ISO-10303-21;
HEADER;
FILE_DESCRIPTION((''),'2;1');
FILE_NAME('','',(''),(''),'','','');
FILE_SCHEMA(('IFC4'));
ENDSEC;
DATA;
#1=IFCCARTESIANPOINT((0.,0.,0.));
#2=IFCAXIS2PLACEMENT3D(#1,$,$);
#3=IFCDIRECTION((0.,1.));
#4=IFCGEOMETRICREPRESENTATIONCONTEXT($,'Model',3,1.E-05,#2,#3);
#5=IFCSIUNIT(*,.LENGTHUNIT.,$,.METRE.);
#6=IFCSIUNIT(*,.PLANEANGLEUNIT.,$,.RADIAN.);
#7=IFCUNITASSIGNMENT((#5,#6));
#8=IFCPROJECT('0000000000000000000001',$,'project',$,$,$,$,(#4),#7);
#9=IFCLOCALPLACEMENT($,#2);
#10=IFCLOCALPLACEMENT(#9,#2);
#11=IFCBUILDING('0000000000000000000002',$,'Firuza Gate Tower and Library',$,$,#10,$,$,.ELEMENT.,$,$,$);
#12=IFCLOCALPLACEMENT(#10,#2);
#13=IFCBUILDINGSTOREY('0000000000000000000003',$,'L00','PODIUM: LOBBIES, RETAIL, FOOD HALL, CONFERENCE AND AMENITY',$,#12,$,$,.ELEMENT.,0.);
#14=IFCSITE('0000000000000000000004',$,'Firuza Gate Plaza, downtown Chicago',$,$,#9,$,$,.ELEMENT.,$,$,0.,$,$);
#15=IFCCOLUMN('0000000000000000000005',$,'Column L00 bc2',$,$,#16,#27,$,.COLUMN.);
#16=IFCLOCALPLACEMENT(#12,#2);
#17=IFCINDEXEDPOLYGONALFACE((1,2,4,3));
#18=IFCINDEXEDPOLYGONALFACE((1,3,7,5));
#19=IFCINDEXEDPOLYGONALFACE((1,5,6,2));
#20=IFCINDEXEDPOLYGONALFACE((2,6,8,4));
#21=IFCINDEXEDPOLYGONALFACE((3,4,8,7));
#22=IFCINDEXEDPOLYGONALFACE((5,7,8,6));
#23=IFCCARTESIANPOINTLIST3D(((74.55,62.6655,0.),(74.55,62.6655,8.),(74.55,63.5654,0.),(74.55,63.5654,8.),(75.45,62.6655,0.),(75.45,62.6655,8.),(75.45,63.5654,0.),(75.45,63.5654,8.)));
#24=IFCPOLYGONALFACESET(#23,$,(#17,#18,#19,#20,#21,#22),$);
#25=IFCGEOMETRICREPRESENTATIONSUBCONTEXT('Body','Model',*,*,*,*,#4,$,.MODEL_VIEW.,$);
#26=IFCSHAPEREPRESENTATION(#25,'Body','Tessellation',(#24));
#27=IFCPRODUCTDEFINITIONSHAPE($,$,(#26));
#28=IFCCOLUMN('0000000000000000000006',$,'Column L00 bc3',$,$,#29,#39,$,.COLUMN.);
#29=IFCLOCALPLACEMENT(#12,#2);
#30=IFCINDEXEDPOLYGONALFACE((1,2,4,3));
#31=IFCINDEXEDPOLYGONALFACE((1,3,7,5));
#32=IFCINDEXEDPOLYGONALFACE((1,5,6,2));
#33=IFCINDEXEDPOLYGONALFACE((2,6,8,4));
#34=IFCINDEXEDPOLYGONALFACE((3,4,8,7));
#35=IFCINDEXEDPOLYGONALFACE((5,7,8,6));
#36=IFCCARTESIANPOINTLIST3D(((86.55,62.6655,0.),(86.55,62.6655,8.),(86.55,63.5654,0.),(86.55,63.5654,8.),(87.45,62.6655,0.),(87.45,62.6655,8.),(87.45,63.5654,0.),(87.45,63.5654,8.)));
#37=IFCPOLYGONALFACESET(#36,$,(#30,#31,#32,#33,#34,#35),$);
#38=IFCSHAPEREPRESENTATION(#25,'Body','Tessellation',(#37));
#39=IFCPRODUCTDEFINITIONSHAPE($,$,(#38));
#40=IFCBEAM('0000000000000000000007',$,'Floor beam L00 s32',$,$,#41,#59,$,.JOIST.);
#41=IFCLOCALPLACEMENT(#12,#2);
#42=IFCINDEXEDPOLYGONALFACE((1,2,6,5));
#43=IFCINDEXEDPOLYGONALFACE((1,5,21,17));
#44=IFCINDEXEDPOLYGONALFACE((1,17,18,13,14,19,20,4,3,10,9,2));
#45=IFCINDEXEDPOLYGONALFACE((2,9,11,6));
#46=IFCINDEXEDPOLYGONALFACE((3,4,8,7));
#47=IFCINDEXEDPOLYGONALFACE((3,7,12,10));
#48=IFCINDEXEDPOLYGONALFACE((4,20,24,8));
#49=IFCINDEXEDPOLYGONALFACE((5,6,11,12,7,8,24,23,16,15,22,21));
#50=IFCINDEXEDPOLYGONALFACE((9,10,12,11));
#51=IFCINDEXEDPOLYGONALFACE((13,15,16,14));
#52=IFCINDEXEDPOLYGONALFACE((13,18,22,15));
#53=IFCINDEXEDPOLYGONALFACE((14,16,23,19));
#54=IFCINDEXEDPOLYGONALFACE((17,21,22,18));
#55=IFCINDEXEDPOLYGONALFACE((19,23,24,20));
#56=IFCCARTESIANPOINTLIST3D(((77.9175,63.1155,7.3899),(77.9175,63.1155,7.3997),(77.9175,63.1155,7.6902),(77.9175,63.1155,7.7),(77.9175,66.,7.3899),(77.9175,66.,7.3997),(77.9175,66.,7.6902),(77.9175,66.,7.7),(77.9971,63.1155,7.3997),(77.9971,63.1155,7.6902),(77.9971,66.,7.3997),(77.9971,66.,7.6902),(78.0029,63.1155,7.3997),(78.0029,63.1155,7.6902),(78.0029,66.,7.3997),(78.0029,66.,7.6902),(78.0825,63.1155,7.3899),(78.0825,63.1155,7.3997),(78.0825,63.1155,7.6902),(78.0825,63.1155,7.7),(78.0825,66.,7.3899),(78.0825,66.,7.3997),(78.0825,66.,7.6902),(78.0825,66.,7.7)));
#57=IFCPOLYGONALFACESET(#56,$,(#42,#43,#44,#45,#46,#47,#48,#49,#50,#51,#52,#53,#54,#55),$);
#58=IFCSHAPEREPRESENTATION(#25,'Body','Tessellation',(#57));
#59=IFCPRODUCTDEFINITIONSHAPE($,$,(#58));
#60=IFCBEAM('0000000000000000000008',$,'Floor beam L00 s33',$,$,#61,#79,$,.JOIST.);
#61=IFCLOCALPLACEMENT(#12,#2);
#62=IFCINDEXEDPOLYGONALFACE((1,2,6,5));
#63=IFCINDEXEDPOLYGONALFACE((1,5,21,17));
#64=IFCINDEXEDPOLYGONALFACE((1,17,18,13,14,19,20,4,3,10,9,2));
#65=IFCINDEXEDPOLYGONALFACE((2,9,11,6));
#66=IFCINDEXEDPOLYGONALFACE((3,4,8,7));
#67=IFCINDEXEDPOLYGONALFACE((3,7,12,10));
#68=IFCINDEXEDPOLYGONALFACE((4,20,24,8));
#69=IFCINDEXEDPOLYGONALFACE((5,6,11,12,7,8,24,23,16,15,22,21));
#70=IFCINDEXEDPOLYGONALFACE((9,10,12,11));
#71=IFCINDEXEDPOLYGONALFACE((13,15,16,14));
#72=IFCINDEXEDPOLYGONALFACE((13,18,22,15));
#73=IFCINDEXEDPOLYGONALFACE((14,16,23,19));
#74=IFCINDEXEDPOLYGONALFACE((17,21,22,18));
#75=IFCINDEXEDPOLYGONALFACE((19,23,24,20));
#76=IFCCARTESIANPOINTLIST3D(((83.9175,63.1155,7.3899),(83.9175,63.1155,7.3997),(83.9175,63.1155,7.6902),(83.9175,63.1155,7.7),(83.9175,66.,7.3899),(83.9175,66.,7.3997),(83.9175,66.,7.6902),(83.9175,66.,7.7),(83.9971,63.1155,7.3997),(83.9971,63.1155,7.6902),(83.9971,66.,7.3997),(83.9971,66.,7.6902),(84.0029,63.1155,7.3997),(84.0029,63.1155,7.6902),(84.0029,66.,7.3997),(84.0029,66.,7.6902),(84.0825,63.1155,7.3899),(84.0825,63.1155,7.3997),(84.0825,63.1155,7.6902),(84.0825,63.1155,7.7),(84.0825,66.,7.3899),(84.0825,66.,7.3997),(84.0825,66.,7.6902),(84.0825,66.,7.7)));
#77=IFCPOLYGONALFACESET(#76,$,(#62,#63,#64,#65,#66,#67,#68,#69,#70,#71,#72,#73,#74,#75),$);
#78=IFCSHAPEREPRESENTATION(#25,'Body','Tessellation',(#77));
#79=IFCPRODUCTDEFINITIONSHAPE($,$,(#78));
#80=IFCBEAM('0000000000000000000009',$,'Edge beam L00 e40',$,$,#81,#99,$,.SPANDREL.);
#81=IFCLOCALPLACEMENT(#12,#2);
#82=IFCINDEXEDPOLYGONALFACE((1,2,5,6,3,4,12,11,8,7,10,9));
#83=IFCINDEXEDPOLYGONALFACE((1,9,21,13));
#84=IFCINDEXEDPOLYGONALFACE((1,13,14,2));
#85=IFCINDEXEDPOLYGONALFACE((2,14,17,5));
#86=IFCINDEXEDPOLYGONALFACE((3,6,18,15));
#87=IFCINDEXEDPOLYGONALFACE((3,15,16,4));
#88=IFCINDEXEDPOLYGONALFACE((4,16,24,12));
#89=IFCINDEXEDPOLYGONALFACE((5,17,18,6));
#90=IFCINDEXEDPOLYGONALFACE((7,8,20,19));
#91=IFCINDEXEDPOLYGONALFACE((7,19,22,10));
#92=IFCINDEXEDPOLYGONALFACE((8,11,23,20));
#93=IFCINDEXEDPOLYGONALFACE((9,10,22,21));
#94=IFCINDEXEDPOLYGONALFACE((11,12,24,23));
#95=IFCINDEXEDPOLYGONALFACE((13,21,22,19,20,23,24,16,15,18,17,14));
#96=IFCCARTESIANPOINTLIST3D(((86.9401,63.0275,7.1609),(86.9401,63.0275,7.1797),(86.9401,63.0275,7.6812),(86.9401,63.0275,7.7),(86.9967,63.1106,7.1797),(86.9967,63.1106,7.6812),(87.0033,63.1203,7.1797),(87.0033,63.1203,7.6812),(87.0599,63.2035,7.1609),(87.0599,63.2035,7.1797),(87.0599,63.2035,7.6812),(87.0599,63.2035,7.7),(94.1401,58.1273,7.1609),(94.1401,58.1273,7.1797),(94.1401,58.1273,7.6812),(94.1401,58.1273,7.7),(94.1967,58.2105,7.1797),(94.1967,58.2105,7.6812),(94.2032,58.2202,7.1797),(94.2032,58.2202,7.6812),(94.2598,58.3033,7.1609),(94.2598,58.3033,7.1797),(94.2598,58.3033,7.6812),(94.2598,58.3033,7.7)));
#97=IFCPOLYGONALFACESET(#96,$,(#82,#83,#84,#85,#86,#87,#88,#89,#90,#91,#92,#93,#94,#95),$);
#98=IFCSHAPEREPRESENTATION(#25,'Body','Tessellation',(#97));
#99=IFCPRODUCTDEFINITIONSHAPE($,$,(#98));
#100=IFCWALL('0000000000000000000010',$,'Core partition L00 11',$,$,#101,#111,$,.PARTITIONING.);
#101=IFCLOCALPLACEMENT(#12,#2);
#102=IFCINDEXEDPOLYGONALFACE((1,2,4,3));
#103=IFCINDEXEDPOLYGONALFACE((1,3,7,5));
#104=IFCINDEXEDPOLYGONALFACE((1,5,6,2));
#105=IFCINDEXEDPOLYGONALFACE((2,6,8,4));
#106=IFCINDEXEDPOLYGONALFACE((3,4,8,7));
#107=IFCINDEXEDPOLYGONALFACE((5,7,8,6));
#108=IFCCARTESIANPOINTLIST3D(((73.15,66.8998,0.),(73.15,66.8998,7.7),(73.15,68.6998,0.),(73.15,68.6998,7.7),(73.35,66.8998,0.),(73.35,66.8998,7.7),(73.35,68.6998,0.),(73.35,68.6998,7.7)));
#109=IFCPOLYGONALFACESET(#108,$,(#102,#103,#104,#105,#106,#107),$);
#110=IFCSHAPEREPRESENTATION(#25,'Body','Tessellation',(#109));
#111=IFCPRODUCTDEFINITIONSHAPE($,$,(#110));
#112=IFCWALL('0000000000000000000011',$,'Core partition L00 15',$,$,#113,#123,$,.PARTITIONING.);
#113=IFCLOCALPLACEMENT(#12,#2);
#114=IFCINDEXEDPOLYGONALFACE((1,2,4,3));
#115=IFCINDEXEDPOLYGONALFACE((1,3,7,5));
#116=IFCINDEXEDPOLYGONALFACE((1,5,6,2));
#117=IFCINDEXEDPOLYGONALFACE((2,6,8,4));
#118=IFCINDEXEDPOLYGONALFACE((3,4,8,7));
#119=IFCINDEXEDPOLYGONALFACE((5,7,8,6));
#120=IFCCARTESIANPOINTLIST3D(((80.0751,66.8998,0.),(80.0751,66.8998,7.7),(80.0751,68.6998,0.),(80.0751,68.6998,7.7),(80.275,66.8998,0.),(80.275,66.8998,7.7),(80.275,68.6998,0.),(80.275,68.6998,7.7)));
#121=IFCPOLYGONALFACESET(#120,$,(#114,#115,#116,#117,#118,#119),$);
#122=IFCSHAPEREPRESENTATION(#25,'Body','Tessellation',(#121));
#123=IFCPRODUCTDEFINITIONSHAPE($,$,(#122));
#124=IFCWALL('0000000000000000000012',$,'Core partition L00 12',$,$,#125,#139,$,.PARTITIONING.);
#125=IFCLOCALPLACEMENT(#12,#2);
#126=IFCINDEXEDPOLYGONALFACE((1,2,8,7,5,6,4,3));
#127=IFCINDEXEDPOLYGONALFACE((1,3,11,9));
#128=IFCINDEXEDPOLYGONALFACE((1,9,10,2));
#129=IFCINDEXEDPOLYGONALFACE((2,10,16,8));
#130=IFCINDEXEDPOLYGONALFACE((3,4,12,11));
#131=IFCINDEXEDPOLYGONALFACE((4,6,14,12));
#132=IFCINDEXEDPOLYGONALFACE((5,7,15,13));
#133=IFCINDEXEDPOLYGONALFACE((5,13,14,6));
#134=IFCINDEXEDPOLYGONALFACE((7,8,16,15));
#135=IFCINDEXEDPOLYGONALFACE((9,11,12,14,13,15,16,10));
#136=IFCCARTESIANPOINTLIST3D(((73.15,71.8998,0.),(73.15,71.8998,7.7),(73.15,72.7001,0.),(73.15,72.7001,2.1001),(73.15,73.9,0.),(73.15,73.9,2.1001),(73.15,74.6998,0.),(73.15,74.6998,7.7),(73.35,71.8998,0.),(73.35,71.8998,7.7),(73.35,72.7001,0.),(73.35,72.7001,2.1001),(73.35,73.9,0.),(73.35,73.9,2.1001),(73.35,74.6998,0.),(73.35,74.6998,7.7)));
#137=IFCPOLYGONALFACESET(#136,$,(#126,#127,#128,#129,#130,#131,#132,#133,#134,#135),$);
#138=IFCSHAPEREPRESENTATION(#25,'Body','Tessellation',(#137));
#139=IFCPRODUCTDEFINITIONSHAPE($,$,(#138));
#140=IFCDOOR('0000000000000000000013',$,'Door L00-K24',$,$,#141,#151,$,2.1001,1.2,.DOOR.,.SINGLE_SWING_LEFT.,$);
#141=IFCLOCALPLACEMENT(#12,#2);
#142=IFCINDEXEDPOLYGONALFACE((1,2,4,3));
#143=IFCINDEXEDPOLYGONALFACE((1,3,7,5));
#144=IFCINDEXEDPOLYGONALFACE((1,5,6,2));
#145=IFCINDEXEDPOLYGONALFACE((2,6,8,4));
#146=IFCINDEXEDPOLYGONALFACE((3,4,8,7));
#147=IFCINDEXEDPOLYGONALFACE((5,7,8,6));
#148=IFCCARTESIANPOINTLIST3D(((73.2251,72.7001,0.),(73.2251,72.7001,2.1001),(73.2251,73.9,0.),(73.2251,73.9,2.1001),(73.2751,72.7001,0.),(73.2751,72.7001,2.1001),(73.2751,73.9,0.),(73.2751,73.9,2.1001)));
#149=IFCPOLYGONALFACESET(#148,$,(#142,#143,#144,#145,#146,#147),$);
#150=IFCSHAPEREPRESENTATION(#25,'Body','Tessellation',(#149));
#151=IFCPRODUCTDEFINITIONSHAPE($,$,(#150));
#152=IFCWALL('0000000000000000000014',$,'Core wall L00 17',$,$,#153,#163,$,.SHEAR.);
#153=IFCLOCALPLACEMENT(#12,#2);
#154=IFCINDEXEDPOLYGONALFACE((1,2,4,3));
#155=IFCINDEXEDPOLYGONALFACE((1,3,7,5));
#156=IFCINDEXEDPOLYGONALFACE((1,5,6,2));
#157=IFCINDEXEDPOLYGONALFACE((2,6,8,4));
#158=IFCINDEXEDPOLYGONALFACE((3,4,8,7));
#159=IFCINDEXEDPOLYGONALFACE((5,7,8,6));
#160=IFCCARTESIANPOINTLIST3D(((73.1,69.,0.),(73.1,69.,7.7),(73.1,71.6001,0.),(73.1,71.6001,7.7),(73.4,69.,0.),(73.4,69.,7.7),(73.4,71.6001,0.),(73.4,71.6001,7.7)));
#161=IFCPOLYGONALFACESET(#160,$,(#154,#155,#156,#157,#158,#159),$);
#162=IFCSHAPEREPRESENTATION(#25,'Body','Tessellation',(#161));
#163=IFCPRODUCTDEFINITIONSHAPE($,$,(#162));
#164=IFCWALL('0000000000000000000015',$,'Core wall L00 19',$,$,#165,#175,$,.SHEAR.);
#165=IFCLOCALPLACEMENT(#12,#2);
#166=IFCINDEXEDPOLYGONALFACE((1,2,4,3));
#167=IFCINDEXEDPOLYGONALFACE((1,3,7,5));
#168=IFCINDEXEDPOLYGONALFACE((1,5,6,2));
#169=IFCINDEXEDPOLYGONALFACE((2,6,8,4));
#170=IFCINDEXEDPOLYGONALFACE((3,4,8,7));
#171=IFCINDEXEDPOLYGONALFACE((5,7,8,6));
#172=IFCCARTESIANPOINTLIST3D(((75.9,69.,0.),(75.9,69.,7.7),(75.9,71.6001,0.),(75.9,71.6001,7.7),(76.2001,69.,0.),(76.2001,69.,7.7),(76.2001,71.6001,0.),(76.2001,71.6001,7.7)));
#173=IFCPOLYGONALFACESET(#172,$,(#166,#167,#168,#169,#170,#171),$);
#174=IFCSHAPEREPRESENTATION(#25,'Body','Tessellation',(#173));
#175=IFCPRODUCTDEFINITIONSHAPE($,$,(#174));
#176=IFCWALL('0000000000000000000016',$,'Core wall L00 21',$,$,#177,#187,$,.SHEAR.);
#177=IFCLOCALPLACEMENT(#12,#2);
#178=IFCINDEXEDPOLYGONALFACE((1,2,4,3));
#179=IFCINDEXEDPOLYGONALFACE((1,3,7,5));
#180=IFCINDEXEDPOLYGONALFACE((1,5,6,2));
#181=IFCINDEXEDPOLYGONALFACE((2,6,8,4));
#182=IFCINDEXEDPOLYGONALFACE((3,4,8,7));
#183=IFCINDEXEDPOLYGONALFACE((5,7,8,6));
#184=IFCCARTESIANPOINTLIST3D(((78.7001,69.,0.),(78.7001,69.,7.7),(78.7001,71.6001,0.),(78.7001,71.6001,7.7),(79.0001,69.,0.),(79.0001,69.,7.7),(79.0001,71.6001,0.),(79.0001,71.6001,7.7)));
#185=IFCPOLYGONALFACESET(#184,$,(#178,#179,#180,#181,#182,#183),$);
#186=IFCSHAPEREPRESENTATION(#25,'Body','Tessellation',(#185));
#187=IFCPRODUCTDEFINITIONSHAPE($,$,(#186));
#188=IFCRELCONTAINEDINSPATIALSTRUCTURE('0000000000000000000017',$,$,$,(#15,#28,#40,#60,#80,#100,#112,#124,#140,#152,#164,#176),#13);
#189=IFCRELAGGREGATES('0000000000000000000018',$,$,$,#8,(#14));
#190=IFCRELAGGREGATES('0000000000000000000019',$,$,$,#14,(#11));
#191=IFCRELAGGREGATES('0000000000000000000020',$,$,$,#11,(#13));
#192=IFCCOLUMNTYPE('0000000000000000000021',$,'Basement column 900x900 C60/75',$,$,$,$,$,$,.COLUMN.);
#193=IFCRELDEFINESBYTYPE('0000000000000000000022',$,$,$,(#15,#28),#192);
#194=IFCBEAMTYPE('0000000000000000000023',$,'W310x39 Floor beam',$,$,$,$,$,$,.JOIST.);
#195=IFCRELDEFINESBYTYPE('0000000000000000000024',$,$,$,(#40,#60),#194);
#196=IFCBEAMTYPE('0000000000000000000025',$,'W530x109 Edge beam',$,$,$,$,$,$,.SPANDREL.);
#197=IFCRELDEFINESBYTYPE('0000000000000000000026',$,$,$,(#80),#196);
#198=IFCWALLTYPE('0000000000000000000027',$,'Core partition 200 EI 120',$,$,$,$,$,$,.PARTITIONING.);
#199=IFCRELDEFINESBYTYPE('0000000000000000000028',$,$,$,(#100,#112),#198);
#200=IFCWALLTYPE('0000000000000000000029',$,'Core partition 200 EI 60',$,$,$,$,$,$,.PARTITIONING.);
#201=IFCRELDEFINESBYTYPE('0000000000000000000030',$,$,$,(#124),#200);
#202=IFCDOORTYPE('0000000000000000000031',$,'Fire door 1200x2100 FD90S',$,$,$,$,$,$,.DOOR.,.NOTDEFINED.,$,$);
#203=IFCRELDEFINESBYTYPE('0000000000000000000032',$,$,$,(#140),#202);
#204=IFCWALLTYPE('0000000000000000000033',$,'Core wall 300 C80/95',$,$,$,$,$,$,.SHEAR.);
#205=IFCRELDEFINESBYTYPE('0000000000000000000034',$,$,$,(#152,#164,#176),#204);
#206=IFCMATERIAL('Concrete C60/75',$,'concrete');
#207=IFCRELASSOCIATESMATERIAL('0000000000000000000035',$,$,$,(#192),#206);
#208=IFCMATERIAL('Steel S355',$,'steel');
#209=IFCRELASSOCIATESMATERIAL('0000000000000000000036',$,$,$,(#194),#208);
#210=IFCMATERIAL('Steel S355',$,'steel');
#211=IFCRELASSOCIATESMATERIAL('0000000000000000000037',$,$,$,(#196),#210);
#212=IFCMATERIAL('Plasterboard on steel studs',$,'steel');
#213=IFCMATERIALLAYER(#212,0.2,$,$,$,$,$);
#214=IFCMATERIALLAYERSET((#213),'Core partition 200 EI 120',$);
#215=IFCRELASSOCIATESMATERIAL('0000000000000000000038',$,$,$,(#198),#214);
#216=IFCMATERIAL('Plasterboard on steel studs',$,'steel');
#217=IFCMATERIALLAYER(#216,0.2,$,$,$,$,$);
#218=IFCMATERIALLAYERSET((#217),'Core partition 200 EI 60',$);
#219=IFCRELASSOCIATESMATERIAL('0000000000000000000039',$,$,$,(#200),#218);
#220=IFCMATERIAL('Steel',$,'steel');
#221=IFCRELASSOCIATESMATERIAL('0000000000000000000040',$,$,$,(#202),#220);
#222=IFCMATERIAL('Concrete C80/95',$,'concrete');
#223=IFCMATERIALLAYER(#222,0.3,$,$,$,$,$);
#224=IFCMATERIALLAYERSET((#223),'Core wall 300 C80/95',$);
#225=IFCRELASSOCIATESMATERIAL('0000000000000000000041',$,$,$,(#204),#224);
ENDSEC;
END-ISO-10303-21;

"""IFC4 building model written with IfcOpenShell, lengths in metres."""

from ifc_helpers import new_model, si_unit, direction, frame, frame_2d, origin, origin_2d, place, context, subcontext, project, spatial, rectangle, i_section, extrude, material, layer, layer_set, material_profile, profile_set, type_object, element, fill, save


model = new_model("IFC4")

# Units and contexts
model_context = context("Model", 3, precision=1e-05, world=origin(), true_north=direction((0.0, 1.0)))
body_context = subcontext(model_context, "Body", "Model", "MODEL_VIEW")
ifc_project = project(units=[si_unit("LENGTHUNIT", "METRE"), si_unit("PLANEANGLEUNIT", "RADIAN")], contexts=[model_context])

# Site, building, storey
site_placement = place(None, origin())
site = spatial("IfcSite", under=ifc_project, at=site_placement, Name="Firuza Gate Plaza, downtown Chicago", CompositionType="ELEMENT", RefElevation=0.0)
building_placement = place(site_placement, origin())
building = spatial("IfcBuilding", under=site, at=building_placement, Name="Firuza Gate Tower and Library", CompositionType="ELEMENT")
storey_placement = place(building_placement, origin())
storey = spatial("IfcBuildingStorey", under=building, at=storey_placement, Name="L00", Description="PODIUM: LOBBIES, RETAIL, FOOD HALL, CONFERENCE AND AMENITY", CompositionType="ELEMENT", Elevation=0.0)

# Columns
ifc_material_1 = material(Name="Concrete C60/75", Category="concrete")
ifc_material_profile_1 = material_profile(ifc_material_1, rectangle(XDim=0.8999, YDim=0.8999, at=origin_2d()))
ifc_profile_set_1 = profile_set([ifc_material_profile_1], Name="Concrete C60/75")
column_type = type_object("IfcColumnType", Name="Basement column 900x900 C60/75", PredefinedType="COLUMN", material=ifc_profile_set_1)
for number, where, z_axis, x_axis, name in (
    (1, (75.0, 63.1155, 0.0), (0.0, 0.0, 1.0), (1.0, 0.0, 0.0), "Column L00 bc2"),
    (2, (87.0, 63.1155, 0.0), (0.0, 0.0, 1.0), (1.0, 0.0, 0.0), "Column L00 bc3"),
):
    element("IfcColumn", number, at=place(storey_placement, frame(where, z_axis=z_axis, x_axis=x_axis)), inside=storey, type_object=column_type, Name=name, PredefinedType="COLUMN", context=body_context, shape_type="SweptSolid", body=[
        extrude(rectangle(XDim=0.8999, YDim=0.8999, at=origin_2d()), origin(), (0.0, 0.0, 1.0), 8.0),
    ])

# Beams
ifc_material_2 = material(Name="Steel S355", Category="steel")
ifc_material_profile_2 = material_profile(ifc_material_2, i_section(OverallWidth=0.165, OverallDepth=0.3101, WebThickness=0.0059, FlangeThickness=0.0098, at=origin_2d()))
ifc_profile_set_2 = profile_set([ifc_material_profile_2], Name="Steel S355")
beam_type_1 = type_object("IfcBeamType", Name="W310x39 Floor beam", PredefinedType="JOIST", material=ifc_profile_set_2)
for number, where, z_axis, x_axis, name in (
    (3, (78.0, 63.1155, 7.5449), (0.0, 1.0, 0.0), (-1.0, 0.0, 0.0), "Floor beam L00 s32"),
    (4, (84.0, 63.1155, 7.5449), (0.0, 1.0, 0.0), (-1.0, 0.0, 0.0), "Floor beam L00 s33"),
):
    element("IfcBeam", number, at=place(storey_placement, frame(where, z_axis=z_axis, x_axis=x_axis)), inside=storey, type_object=beam_type_1, Name=name, PredefinedType="JOIST", context=body_context, shape_type="SweptSolid", body=[
        extrude(i_section(OverallWidth=0.165, OverallDepth=0.3101, WebThickness=0.0059, FlangeThickness=0.0098, at=origin_2d()), origin(), (0.0, 0.0, 1.0), 2.8845),
    ])
ifc_material_3 = material(Name="Steel S355", Category="steel")
ifc_material_profile_3 = material_profile(ifc_material_3, i_section(OverallWidth=0.2129, OverallDepth=0.5391, WebThickness=0.0117, FlangeThickness=0.0188, at=origin_2d()))
ifc_profile_set_3 = profile_set([ifc_material_profile_3], Name="Steel S355")
beam_type_2 = type_object("IfcBeamType", Name="W530x109 Edge beam", PredefinedType="SPANDREL", material=ifc_profile_set_3)
beam_placement = place(storey_placement, frame((87.0, 63.1155, 7.4304), z_axis=(0.826703, -0.562638, 0.0), x_axis=(0.562638, 0.826703, 0.0)))
element("IfcBeam", 5, at=beam_placement, inside=storey, type_object=beam_type_2, Name="Edge beam L00 e40", PredefinedType="SPANDREL", context=body_context, shape_type="SweptSolid", body=[
    extrude(i_section(OverallWidth=0.2129, OverallDepth=0.5391, WebThickness=0.0117, FlangeThickness=0.0188, at=origin_2d()), origin(), (0.0, 0.0, 1.0), 8.7092),
])

# Walls
ifc_material_4 = material(Name="Plasterboard on steel studs", Category="steel")
ifc_layer_1 = layer(ifc_material_4, 0.2)
ifc_layer_set_1 = layer_set([ifc_layer_1], Name="Core partition 200 EI 120")
wall_type_1 = type_object("IfcWallType", Name="Core partition 200 EI 120", PredefinedType="PARTITIONING", material=ifc_layer_set_1)
for number, where, z_axis, x_axis, name in (
    (6, (73.25, 66.8999, 0.0), (0.0, 0.0, 1.0), (0.0, 1.0, 0.0), "Core partition L00 11"),
    (7, (80.175, 66.8999, 0.0), (0.0, 0.0, 1.0), (0.0, 1.0, 0.0), "Core partition L00 15"),
):
    element("IfcWall", number, at=place(storey_placement, frame(where, z_axis=z_axis, x_axis=x_axis)), inside=storey, type_object=wall_type_1, Name=name, PredefinedType="PARTITIONING", context=body_context, shape_type="SweptSolid", body=[
        extrude(rectangle(XDim=1.8, YDim=0.2, at=frame_2d((0.8999, 0.0))), origin(), (0.0, 0.0, 1.0), 7.7),
    ])

# Wall, opening, door
ifc_material_5 = material(Name="Plasterboard on steel studs", Category="steel")
ifc_layer_2 = layer(ifc_material_5, 0.2)
ifc_layer_set_2 = layer_set([ifc_layer_2], Name="Core partition 200 EI 60")
wall_type_2 = type_object("IfcWallType", Name="Core partition 200 EI 60", PredefinedType="PARTITIONING", material=ifc_layer_set_2)
wall_placement = place(storey_placement, frame((73.25, 71.8999, 0.0), z_axis=(0.0, 0.0, 1.0), x_axis=(0.0, 1.0, 0.0)))
wall = element("IfcWall", 8, at=wall_placement, inside=storey, type_object=wall_type_2, Name="Core partition L00 12", PredefinedType="PARTITIONING", context=body_context, shape_type="SweptSolid", body=[
    extrude(rectangle(XDim=2.8, YDim=0.2, at=frame_2d((1.3999, 0.0))), origin(), (0.0, 0.0, 1.0), 7.7),
])
opening_placement = place(wall_placement, frame((0.8, 0.0, 0.0)))
opening = element("IfcOpeningElement", 9, at=opening_placement, cuts=wall, PredefinedType="OPENING", context=body_context, shape_type="SweptSolid", body=[
    extrude(rectangle(XDim=1.2, YDim=2.1001, at=frame_2d((0.6001, 1.05))), frame((0.0, 0.1099, 0.0), z_axis=(0.0, -1.0, 0.0), x_axis=(1.0, 0.0, 0.0)), (0.0, 0.0, 1.0), 0.22),
])
ifc_material_6 = material(Name="Steel", Category="steel")
door_type = type_object("IfcDoorType", Name="Fire door 1200x2100 FD90S", OperationType="NOTDEFINED", PredefinedType="DOOR", material=ifc_material_6)
door_placement = place(opening_placement, origin())
door = element("IfcDoor", 10, at=door_placement, inside=storey, type_object=door_type, Name="Door L00-K24", OperationType="SINGLE_SWING_LEFT", OverallHeight=2.1001, OverallWidth=1.2, PredefinedType="DOOR", context=body_context, shape_type="SweptSolid", body=[
    extrude(rectangle(XDim=1.2, YDim=2.1001, at=frame_2d((0.6001, 1.05))), frame((0.0, 0.0249, 0.0), z_axis=(0.0, -1.0, 0.0), x_axis=(1.0, 0.0, 0.0)), (0.0, 0.0, 1.0), 0.05),
])
fill(opening, door)

# Walls
ifc_material_7 = material(Name="Concrete C80/95", Category="concrete")
ifc_layer_3 = layer(ifc_material_7, 0.3)
ifc_layer_set_3 = layer_set([ifc_layer_3], Name="Core wall 300 C80/95")
wall_type_3 = type_object("IfcWallType", Name="Core wall 300 C80/95", PredefinedType="SHEAR", material=ifc_layer_set_3)
for number, where, z_axis, x_axis, name in (
    (11, (73.25, 69.0, 0.0), (0.0, 0.0, 1.0), (0.0, 1.0, 0.0), "Core wall L00 17"),
    (12, (76.05, 69.0, 0.0), (0.0, 0.0, 1.0), (0.0, 1.0, 0.0), "Core wall L00 19"),
    (13, (78.8501, 69.0, 0.0), (0.0, 0.0, 1.0), (0.0, 1.0, 0.0), "Core wall L00 21"),
):
    element("IfcWall", number, at=place(storey_placement, frame(where, z_axis=z_axis, x_axis=x_axis)), inside=storey, type_object=wall_type_3, Name=name, PredefinedType="SHEAR", context=body_context, shape_type="SweptSolid", body=[
        extrude(rectangle(XDim=2.6001, YDim=0.3, at=frame_2d((1.3, 0.0))), origin(), (0.0, 0.0, 1.0), 7.7),
    ])

save(model, "model.ifc")
